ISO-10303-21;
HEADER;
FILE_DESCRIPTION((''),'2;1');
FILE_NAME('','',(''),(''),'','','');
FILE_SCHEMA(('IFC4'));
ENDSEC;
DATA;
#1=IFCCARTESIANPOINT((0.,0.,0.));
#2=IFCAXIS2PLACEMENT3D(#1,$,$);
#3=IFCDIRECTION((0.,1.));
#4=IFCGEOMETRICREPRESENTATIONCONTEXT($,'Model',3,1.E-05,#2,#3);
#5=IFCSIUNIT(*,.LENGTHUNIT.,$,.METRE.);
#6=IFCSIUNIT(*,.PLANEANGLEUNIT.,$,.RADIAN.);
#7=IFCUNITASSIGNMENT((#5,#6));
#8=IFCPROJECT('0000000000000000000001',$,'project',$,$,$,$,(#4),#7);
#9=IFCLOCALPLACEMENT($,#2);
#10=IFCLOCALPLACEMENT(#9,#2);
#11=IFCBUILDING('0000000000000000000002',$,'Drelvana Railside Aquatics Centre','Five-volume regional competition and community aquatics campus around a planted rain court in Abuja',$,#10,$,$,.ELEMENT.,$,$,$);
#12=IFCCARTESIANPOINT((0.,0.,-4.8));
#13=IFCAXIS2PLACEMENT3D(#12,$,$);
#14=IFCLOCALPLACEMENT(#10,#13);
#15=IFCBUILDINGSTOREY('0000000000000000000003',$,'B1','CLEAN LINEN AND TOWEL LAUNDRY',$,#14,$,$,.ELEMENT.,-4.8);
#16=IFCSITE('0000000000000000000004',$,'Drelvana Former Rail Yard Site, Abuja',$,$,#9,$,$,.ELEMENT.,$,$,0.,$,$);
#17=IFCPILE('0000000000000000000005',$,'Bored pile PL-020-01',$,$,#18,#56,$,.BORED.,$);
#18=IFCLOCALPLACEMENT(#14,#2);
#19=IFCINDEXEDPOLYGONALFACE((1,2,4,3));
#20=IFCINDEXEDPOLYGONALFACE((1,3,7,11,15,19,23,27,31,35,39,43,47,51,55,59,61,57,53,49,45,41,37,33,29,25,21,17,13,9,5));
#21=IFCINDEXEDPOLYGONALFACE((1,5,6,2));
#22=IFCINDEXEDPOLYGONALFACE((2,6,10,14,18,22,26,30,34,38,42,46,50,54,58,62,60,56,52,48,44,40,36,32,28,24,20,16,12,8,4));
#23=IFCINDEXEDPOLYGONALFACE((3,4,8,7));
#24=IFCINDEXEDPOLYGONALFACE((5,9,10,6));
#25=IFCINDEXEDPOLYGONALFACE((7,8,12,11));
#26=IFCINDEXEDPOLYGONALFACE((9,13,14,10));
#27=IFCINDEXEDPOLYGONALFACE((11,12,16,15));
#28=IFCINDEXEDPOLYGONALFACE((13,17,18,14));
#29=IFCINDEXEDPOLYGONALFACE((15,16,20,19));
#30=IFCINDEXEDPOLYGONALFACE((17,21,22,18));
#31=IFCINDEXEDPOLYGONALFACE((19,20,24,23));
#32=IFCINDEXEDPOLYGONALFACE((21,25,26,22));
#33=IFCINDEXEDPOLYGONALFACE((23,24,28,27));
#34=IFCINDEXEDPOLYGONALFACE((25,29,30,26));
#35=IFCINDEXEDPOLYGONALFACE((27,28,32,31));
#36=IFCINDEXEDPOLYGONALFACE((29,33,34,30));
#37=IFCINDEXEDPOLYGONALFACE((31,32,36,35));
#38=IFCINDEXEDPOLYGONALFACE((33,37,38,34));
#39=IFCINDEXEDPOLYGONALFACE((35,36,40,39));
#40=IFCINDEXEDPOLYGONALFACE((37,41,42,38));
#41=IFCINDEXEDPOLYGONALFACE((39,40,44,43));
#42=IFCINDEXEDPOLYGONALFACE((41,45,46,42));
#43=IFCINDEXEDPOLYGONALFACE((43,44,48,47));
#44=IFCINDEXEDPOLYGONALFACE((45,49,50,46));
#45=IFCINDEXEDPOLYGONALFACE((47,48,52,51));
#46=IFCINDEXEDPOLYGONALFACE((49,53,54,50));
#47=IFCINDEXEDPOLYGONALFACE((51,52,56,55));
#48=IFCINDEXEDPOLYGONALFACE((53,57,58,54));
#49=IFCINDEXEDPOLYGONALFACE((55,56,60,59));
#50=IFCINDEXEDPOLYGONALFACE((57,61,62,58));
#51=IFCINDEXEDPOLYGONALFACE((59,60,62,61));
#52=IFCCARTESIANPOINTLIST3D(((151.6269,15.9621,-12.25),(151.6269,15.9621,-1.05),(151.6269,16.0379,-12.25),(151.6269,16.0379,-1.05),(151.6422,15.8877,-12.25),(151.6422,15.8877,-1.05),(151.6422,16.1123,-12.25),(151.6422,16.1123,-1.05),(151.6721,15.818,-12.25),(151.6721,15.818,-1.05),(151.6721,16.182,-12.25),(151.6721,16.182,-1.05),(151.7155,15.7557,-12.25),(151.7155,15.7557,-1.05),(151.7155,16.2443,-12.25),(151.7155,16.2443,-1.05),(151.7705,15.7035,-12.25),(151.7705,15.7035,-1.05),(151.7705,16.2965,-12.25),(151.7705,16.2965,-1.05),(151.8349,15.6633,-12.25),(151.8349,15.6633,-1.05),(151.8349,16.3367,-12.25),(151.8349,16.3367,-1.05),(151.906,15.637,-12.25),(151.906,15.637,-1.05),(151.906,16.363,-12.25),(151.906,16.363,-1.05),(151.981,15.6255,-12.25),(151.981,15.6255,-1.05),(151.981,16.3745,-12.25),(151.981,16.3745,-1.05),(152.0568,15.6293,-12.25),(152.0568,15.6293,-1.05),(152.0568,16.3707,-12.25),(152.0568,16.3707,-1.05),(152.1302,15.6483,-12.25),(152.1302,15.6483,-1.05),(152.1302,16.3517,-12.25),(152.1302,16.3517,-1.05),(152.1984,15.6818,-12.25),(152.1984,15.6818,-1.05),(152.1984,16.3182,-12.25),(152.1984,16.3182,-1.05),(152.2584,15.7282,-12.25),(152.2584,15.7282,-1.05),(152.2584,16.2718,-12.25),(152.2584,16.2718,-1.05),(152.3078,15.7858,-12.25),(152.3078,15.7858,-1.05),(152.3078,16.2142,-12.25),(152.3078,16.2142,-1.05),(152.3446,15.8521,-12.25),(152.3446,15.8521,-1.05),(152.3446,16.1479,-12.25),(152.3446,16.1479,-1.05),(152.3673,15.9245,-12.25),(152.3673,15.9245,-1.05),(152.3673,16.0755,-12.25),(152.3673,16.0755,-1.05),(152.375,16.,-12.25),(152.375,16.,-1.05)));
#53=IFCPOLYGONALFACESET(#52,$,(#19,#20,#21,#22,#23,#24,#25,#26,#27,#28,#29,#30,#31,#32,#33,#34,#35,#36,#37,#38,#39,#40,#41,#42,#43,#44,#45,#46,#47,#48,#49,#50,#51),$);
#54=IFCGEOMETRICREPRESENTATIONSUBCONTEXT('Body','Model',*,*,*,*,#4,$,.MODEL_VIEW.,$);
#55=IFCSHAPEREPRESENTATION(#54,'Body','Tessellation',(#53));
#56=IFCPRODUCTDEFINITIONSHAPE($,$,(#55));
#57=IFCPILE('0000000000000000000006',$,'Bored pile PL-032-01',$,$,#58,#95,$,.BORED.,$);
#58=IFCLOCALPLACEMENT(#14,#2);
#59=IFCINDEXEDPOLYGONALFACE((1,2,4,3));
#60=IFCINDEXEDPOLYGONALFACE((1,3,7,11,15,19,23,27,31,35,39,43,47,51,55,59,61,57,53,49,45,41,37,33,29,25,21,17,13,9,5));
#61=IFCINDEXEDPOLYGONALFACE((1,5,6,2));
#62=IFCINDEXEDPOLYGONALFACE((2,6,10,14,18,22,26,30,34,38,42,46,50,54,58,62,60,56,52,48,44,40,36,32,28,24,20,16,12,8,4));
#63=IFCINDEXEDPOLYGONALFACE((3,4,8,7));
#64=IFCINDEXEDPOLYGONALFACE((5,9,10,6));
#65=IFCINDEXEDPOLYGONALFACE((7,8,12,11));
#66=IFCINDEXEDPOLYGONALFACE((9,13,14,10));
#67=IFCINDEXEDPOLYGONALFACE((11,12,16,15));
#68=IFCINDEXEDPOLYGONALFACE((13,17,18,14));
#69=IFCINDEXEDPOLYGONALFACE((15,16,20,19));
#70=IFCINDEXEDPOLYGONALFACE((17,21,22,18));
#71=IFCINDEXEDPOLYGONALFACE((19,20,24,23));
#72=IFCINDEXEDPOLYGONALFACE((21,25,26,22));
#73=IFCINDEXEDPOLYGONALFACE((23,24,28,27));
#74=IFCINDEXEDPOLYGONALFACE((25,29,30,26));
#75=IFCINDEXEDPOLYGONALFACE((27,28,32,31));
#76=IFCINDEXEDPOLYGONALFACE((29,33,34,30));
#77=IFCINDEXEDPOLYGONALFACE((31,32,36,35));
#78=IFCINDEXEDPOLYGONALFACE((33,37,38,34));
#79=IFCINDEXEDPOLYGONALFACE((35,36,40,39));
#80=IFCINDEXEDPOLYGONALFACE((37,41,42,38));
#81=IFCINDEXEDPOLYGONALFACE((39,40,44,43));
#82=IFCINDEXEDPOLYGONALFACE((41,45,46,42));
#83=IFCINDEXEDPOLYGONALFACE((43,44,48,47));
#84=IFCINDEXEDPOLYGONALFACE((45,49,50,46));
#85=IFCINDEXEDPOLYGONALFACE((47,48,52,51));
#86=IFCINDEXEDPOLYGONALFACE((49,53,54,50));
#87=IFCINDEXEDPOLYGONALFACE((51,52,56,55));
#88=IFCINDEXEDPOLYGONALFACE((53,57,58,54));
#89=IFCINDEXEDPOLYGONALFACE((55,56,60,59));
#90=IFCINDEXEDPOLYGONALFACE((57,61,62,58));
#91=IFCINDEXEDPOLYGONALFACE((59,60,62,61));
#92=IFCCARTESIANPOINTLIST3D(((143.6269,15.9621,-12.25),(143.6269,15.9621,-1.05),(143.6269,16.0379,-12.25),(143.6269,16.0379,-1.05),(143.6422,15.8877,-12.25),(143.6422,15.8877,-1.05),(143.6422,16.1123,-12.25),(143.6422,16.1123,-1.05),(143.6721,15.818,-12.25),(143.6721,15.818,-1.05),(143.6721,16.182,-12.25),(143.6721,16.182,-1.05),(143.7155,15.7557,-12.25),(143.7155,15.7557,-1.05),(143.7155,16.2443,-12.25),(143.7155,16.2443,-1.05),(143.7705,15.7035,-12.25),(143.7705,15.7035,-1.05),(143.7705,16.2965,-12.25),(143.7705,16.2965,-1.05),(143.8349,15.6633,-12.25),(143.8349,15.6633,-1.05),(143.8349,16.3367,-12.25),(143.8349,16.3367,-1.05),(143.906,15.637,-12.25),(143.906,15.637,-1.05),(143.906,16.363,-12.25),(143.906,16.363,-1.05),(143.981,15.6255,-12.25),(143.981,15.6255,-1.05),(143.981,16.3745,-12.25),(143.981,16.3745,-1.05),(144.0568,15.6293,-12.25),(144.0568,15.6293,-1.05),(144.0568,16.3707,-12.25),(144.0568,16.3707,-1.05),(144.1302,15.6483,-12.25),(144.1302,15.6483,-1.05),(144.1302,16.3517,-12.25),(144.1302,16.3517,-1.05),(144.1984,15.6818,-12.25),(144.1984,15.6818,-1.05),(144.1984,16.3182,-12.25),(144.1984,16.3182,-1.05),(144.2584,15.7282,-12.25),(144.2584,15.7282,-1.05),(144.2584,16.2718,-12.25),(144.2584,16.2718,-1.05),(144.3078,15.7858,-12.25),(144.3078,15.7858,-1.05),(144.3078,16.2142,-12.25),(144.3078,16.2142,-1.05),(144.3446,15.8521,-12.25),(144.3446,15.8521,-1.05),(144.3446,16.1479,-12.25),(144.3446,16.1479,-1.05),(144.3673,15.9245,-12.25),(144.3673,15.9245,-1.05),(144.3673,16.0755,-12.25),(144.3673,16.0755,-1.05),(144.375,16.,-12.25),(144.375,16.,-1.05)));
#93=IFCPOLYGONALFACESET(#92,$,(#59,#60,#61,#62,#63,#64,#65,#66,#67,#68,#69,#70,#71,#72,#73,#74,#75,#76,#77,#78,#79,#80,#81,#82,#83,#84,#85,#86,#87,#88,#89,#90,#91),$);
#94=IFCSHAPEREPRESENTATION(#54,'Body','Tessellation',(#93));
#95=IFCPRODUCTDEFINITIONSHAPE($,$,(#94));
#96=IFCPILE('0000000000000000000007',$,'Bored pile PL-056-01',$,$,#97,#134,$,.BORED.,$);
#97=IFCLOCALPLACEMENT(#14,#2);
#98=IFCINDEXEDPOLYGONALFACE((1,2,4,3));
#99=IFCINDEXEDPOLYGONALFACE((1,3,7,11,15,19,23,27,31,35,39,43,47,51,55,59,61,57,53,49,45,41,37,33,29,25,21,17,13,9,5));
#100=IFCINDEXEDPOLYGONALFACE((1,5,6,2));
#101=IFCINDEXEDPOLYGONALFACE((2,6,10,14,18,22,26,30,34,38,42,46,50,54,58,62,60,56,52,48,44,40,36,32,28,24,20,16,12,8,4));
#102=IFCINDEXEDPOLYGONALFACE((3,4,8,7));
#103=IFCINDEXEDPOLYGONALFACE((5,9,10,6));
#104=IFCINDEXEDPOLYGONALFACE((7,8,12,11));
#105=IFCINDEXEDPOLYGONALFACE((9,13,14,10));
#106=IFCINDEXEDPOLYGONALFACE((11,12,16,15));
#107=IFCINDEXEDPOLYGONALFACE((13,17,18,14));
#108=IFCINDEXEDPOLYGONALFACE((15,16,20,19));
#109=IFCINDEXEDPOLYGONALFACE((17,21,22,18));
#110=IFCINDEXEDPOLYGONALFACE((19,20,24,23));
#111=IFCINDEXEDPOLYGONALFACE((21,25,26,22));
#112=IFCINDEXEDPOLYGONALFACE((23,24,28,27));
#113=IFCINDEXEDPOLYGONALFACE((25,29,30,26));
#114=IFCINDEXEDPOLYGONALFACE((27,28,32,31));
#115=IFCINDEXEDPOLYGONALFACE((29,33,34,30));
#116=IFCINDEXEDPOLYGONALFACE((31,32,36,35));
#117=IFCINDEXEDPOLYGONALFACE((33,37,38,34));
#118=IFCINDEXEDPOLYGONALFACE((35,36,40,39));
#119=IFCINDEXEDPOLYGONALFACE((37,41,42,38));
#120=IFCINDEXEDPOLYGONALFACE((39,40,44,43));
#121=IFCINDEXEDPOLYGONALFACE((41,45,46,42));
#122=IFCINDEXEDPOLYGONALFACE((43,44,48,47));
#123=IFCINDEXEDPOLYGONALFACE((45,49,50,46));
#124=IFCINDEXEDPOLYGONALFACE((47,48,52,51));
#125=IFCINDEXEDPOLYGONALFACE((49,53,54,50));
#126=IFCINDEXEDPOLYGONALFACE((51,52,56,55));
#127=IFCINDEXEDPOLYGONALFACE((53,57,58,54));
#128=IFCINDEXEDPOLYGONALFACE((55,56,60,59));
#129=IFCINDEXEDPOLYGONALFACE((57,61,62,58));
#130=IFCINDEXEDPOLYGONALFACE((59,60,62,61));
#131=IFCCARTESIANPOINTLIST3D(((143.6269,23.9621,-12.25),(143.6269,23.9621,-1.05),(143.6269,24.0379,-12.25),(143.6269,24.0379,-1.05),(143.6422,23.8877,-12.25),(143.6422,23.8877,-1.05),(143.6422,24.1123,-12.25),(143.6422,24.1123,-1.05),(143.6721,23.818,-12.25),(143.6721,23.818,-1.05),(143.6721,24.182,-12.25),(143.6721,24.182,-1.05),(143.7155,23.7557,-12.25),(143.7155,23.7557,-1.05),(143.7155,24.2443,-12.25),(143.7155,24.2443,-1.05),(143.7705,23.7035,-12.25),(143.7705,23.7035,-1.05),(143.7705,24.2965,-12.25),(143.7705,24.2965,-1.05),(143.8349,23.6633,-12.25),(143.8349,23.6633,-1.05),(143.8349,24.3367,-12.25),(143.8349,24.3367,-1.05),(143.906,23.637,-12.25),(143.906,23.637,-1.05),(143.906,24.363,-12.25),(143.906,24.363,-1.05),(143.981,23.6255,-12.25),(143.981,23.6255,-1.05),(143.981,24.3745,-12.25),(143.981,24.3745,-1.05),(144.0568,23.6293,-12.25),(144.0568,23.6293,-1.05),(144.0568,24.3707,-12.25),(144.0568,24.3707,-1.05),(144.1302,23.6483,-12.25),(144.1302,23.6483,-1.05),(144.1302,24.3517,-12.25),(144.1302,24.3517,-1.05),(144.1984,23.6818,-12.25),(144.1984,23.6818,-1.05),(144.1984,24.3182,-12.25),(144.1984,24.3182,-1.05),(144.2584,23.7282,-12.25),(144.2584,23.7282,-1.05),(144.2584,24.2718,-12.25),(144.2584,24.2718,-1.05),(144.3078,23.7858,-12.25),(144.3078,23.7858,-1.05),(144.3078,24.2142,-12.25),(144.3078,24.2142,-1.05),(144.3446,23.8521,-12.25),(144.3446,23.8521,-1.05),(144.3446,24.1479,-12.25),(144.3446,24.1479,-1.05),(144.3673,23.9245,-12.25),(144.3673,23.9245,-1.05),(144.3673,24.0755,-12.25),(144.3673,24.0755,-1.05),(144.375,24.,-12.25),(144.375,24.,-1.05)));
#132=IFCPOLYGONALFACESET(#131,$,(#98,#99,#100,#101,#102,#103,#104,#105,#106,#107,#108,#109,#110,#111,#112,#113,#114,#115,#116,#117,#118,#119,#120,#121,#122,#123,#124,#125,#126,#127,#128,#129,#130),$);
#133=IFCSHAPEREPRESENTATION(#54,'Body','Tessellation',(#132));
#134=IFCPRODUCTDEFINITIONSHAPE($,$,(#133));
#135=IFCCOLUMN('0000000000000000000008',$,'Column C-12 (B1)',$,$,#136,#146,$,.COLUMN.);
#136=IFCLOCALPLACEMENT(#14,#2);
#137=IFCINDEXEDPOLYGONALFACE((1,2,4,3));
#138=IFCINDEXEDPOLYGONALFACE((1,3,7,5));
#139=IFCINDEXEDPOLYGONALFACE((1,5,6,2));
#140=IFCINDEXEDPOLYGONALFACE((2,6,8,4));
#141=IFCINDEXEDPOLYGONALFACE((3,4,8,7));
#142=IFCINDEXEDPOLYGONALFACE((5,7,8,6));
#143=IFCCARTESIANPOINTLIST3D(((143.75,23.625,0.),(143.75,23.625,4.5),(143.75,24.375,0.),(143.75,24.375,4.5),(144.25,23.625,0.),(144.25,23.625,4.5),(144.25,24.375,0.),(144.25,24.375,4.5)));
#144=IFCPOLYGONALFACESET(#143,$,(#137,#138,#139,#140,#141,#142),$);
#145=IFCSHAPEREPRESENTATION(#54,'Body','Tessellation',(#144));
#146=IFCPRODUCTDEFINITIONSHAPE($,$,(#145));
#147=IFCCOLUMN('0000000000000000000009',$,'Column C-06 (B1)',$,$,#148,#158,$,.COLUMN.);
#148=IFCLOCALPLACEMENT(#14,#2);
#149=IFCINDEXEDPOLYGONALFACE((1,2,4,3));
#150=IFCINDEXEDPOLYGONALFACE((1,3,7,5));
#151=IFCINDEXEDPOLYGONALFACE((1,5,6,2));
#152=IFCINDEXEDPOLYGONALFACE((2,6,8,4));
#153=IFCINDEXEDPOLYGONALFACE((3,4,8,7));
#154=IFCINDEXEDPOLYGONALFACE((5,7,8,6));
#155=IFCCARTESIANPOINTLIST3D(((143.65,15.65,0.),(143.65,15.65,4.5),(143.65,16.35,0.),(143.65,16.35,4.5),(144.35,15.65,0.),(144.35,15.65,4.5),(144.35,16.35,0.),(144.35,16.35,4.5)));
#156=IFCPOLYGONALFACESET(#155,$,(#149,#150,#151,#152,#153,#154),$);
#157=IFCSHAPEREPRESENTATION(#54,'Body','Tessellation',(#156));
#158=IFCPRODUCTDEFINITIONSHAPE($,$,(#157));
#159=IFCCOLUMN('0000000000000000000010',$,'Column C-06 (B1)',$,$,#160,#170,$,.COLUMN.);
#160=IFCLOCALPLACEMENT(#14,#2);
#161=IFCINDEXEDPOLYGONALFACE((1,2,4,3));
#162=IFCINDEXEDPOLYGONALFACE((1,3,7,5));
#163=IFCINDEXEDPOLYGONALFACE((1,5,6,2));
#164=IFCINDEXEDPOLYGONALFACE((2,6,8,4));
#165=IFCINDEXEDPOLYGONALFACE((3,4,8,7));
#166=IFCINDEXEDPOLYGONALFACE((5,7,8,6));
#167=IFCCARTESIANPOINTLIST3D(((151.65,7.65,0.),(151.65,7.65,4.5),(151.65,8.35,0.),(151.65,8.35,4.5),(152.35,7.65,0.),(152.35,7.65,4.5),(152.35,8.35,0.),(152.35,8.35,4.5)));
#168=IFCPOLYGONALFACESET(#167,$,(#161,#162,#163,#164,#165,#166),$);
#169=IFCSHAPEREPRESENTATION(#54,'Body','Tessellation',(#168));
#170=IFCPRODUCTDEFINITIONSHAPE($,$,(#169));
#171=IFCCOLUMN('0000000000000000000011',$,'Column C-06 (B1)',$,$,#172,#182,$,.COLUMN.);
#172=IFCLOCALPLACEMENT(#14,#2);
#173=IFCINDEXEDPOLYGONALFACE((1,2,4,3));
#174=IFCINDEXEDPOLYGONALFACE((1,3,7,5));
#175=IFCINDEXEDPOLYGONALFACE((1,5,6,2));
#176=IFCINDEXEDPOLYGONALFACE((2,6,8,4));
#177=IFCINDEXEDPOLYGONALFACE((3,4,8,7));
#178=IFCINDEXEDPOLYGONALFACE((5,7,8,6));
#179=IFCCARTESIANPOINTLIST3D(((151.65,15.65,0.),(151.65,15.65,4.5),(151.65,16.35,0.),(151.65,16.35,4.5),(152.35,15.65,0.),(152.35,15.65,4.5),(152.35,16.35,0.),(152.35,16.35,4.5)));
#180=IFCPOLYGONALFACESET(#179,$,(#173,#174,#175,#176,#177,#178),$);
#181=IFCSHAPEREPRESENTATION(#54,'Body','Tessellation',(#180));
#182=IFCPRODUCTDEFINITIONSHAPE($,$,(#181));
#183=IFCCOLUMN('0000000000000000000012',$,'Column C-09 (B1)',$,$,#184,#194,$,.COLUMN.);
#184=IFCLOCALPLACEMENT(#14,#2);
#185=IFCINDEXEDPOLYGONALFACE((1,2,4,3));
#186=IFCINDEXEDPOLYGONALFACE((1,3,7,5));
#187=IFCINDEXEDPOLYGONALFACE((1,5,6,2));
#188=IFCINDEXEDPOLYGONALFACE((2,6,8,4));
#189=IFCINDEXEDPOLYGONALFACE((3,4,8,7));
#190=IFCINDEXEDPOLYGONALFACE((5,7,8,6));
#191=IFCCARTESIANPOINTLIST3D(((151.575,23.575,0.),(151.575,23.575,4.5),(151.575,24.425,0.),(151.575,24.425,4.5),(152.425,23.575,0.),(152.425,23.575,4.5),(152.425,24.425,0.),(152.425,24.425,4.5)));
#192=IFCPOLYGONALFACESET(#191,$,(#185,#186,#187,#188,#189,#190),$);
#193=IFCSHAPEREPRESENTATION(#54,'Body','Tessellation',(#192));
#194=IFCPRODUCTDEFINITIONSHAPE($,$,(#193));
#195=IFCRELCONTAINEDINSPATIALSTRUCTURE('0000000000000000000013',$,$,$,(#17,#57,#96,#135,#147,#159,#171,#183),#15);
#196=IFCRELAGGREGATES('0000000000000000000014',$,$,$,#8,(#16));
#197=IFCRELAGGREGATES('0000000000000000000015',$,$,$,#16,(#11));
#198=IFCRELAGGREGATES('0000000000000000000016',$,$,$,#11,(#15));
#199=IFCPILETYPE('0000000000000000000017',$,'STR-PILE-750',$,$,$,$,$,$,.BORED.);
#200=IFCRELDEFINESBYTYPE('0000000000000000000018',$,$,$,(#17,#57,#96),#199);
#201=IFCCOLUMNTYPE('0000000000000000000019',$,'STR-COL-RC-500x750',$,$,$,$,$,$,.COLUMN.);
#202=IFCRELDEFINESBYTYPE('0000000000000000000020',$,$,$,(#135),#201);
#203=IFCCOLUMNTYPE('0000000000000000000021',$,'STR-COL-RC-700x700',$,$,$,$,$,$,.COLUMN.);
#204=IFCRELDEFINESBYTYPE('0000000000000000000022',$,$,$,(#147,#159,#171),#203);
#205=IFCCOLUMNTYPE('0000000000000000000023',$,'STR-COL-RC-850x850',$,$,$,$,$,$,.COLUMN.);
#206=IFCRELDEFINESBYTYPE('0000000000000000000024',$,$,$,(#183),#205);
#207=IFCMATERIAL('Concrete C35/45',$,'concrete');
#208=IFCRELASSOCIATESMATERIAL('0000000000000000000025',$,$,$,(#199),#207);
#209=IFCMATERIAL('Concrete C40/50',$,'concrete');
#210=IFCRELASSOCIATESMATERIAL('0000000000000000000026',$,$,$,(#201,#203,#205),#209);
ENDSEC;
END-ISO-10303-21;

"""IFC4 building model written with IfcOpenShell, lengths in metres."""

from ifc_helpers import new_model, si_unit, direction, frame, origin, origin_2d, place, context, subcontext, project, spatial, rectangle, circle, extrude, material, material_profile, profile_set, type_object, element, save


model = new_model("IFC4")

# Units and contexts
model_context = context("Model", 3, precision=1e-05, world=origin(), true_north=direction((0.0, 1.0)))
body_context = subcontext(model_context, "Body", "Model", "MODEL_VIEW")
ifc_project = project(units=[si_unit("LENGTHUNIT", "METRE"), si_unit("PLANEANGLEUNIT", "RADIAN")], contexts=[model_context])

# Site, building, storey
site_placement = place(None, origin())
site = spatial("IfcSite", under=ifc_project, at=site_placement, Name="Drelvana Former Rail Yard Site, Abuja", CompositionType="ELEMENT", RefElevation=0.0)
building_placement = place(site_placement, origin())
building = spatial("IfcBuilding", under=site, at=building_placement, Name="Drelvana Railside Aquatics Centre", Description="Five-volume regional competition and community aquatics campus around a planted rain court in Abuja", CompositionType="ELEMENT")
storey_placement = place(building_placement, frame((0.0, 0.0, -4.8)))
storey = spatial("IfcBuildingStorey", under=building, at=storey_placement, Name="B1", Description="CLEAN LINEN AND TOWEL LAUNDRY", CompositionType="ELEMENT", Elevation=-4.8)

# Shared definitions
ifc_material_1 = material(Name="Concrete C35/45", Category="concrete")

# Piles
ifc_material_profile_1 = material_profile(ifc_material_1, circle(Radius=0.375, at=origin_2d()), Name="PILE D750")
ifc_profile_set_1 = profile_set([ifc_material_profile_1], Name="Concrete C35/45")
pile_type_1 = type_object("IfcPileType", Name="STR-PILE-750", PredefinedType="BORED", material=ifc_profile_set_1)
for number, where, z_axis, x_axis, name in (
    (1, (152.0, 16.0, -1.05), (0.0, 0.0, -1.0), (1.0, 0.0, 0.0), "Bored pile PL-020-01"),
    (2, (144.0, 16.0, -1.05), (0.0, 0.0, -1.0), (1.0, 0.0, 0.0), "Bored pile PL-032-01"),
    (3, (144.0, 24.0, -1.05), (0.0, 0.0, -1.0), (1.0, 0.0, 0.0), "Bored pile PL-056-01"),
):
    element("IfcPile", number, at=place(storey_placement, frame(where, z_axis=z_axis, x_axis=x_axis)), inside=storey, type_object=pile_type_1, Name=name, PredefinedType="BORED", context=body_context, shape_type="SweptSolid", body=[
        extrude(circle(Radius=0.375, at=origin_2d()), origin(), (0.0, 0.0, 1.0), 11.2),
    ])

# Columns
ifc_material_2 = material(Name="Concrete C40/50", Category="concrete")
ifc_material_profile_2 = material_profile(ifc_material_2, rectangle(XDim=0.5, YDim=0.75, at=origin_2d()), Name="RC 500x750")
ifc_profile_set_2 = profile_set([ifc_material_profile_2], Name="Concrete C40/50")
column_type_1 = type_object("IfcColumnType", Name="STR-COL-RC-500x750", PredefinedType="COLUMN", material=ifc_profile_set_2)
column_1_placement = place(storey_placement, frame((144.0, 24.0, 0.0), z_axis=(0.0, 0.0, 1.0), x_axis=(1.0, 0.0, 0.0)))
element("IfcColumn", 4, at=column_1_placement, inside=storey, type_object=column_type_1, Name="Column C-12 (B1)", PredefinedType="COLUMN", context=body_context, shape_type="SweptSolid", body=[
    extrude(rectangle(XDim=0.5, YDim=0.75, at=origin_2d()), origin(), (0.0, 0.0, 1.0), 4.5),
])
ifc_material_profile_3 = material_profile(ifc_material_2, rectangle(XDim=0.7, YDim=0.7, at=origin_2d()), Name="RC 700x700")
ifc_profile_set_3 = profile_set([ifc_material_profile_3], Name="Concrete C40/50")
column_type_2 = type_object("IfcColumnType", Name="STR-COL-RC-700x700", PredefinedType="COLUMN", material=ifc_profile_set_3)
for number, where, z_axis, x_axis, name in (
    (5, (144.0, 16.0, 0.0), (0.0, 0.0, 1.0), (1.0, 0.0, 0.0), "Column C-06 (B1)"),
    (6, (152.0, 8.0, 0.0), (0.0, 0.0, 1.0), (1.0, 0.0, 0.0), "Column C-06 (B1)"),
    (7, (152.0, 16.0, 0.0), (0.0, 0.0, 1.0), (1.0, 0.0, 0.0), "Column C-06 (B1)"),
):
    element("IfcColumn", number, at=place(storey_placement, frame(where, z_axis=z_axis, x_axis=x_axis)), inside=storey, type_object=column_type_2, Name=name, PredefinedType="COLUMN", context=body_context, shape_type="SweptSolid", body=[
        extrude(rectangle(XDim=0.7, YDim=0.7, at=origin_2d()), origin(), (0.0, 0.0, 1.0), 4.5),
    ])
ifc_material_profile_4 = material_profile(ifc_material_2, rectangle(XDim=0.8501, YDim=0.8501, at=origin_2d()), Name="RC 850x850")
ifc_profile_set_4 = profile_set([ifc_material_profile_4], Name="Concrete C40/50")
column_type_3 = type_object("IfcColumnType", Name="STR-COL-RC-850x850", PredefinedType="COLUMN", material=ifc_profile_set_4)
column_2_placement = place(storey_placement, frame((152.0, 24.0, 0.0), z_axis=(0.0, 0.0, 1.0), x_axis=(1.0, 0.0, 0.0)))
element("IfcColumn", 8, at=column_2_placement, inside=storey, type_object=column_type_3, Name="Column C-09 (B1)", PredefinedType="COLUMN", context=body_context, shape_type="SweptSolid", body=[
    extrude(rectangle(XDim=0.8501, YDim=0.8501, at=origin_2d()), origin(), (0.0, 0.0, 1.0), 4.5),
])

save(model, "model.ifc")
